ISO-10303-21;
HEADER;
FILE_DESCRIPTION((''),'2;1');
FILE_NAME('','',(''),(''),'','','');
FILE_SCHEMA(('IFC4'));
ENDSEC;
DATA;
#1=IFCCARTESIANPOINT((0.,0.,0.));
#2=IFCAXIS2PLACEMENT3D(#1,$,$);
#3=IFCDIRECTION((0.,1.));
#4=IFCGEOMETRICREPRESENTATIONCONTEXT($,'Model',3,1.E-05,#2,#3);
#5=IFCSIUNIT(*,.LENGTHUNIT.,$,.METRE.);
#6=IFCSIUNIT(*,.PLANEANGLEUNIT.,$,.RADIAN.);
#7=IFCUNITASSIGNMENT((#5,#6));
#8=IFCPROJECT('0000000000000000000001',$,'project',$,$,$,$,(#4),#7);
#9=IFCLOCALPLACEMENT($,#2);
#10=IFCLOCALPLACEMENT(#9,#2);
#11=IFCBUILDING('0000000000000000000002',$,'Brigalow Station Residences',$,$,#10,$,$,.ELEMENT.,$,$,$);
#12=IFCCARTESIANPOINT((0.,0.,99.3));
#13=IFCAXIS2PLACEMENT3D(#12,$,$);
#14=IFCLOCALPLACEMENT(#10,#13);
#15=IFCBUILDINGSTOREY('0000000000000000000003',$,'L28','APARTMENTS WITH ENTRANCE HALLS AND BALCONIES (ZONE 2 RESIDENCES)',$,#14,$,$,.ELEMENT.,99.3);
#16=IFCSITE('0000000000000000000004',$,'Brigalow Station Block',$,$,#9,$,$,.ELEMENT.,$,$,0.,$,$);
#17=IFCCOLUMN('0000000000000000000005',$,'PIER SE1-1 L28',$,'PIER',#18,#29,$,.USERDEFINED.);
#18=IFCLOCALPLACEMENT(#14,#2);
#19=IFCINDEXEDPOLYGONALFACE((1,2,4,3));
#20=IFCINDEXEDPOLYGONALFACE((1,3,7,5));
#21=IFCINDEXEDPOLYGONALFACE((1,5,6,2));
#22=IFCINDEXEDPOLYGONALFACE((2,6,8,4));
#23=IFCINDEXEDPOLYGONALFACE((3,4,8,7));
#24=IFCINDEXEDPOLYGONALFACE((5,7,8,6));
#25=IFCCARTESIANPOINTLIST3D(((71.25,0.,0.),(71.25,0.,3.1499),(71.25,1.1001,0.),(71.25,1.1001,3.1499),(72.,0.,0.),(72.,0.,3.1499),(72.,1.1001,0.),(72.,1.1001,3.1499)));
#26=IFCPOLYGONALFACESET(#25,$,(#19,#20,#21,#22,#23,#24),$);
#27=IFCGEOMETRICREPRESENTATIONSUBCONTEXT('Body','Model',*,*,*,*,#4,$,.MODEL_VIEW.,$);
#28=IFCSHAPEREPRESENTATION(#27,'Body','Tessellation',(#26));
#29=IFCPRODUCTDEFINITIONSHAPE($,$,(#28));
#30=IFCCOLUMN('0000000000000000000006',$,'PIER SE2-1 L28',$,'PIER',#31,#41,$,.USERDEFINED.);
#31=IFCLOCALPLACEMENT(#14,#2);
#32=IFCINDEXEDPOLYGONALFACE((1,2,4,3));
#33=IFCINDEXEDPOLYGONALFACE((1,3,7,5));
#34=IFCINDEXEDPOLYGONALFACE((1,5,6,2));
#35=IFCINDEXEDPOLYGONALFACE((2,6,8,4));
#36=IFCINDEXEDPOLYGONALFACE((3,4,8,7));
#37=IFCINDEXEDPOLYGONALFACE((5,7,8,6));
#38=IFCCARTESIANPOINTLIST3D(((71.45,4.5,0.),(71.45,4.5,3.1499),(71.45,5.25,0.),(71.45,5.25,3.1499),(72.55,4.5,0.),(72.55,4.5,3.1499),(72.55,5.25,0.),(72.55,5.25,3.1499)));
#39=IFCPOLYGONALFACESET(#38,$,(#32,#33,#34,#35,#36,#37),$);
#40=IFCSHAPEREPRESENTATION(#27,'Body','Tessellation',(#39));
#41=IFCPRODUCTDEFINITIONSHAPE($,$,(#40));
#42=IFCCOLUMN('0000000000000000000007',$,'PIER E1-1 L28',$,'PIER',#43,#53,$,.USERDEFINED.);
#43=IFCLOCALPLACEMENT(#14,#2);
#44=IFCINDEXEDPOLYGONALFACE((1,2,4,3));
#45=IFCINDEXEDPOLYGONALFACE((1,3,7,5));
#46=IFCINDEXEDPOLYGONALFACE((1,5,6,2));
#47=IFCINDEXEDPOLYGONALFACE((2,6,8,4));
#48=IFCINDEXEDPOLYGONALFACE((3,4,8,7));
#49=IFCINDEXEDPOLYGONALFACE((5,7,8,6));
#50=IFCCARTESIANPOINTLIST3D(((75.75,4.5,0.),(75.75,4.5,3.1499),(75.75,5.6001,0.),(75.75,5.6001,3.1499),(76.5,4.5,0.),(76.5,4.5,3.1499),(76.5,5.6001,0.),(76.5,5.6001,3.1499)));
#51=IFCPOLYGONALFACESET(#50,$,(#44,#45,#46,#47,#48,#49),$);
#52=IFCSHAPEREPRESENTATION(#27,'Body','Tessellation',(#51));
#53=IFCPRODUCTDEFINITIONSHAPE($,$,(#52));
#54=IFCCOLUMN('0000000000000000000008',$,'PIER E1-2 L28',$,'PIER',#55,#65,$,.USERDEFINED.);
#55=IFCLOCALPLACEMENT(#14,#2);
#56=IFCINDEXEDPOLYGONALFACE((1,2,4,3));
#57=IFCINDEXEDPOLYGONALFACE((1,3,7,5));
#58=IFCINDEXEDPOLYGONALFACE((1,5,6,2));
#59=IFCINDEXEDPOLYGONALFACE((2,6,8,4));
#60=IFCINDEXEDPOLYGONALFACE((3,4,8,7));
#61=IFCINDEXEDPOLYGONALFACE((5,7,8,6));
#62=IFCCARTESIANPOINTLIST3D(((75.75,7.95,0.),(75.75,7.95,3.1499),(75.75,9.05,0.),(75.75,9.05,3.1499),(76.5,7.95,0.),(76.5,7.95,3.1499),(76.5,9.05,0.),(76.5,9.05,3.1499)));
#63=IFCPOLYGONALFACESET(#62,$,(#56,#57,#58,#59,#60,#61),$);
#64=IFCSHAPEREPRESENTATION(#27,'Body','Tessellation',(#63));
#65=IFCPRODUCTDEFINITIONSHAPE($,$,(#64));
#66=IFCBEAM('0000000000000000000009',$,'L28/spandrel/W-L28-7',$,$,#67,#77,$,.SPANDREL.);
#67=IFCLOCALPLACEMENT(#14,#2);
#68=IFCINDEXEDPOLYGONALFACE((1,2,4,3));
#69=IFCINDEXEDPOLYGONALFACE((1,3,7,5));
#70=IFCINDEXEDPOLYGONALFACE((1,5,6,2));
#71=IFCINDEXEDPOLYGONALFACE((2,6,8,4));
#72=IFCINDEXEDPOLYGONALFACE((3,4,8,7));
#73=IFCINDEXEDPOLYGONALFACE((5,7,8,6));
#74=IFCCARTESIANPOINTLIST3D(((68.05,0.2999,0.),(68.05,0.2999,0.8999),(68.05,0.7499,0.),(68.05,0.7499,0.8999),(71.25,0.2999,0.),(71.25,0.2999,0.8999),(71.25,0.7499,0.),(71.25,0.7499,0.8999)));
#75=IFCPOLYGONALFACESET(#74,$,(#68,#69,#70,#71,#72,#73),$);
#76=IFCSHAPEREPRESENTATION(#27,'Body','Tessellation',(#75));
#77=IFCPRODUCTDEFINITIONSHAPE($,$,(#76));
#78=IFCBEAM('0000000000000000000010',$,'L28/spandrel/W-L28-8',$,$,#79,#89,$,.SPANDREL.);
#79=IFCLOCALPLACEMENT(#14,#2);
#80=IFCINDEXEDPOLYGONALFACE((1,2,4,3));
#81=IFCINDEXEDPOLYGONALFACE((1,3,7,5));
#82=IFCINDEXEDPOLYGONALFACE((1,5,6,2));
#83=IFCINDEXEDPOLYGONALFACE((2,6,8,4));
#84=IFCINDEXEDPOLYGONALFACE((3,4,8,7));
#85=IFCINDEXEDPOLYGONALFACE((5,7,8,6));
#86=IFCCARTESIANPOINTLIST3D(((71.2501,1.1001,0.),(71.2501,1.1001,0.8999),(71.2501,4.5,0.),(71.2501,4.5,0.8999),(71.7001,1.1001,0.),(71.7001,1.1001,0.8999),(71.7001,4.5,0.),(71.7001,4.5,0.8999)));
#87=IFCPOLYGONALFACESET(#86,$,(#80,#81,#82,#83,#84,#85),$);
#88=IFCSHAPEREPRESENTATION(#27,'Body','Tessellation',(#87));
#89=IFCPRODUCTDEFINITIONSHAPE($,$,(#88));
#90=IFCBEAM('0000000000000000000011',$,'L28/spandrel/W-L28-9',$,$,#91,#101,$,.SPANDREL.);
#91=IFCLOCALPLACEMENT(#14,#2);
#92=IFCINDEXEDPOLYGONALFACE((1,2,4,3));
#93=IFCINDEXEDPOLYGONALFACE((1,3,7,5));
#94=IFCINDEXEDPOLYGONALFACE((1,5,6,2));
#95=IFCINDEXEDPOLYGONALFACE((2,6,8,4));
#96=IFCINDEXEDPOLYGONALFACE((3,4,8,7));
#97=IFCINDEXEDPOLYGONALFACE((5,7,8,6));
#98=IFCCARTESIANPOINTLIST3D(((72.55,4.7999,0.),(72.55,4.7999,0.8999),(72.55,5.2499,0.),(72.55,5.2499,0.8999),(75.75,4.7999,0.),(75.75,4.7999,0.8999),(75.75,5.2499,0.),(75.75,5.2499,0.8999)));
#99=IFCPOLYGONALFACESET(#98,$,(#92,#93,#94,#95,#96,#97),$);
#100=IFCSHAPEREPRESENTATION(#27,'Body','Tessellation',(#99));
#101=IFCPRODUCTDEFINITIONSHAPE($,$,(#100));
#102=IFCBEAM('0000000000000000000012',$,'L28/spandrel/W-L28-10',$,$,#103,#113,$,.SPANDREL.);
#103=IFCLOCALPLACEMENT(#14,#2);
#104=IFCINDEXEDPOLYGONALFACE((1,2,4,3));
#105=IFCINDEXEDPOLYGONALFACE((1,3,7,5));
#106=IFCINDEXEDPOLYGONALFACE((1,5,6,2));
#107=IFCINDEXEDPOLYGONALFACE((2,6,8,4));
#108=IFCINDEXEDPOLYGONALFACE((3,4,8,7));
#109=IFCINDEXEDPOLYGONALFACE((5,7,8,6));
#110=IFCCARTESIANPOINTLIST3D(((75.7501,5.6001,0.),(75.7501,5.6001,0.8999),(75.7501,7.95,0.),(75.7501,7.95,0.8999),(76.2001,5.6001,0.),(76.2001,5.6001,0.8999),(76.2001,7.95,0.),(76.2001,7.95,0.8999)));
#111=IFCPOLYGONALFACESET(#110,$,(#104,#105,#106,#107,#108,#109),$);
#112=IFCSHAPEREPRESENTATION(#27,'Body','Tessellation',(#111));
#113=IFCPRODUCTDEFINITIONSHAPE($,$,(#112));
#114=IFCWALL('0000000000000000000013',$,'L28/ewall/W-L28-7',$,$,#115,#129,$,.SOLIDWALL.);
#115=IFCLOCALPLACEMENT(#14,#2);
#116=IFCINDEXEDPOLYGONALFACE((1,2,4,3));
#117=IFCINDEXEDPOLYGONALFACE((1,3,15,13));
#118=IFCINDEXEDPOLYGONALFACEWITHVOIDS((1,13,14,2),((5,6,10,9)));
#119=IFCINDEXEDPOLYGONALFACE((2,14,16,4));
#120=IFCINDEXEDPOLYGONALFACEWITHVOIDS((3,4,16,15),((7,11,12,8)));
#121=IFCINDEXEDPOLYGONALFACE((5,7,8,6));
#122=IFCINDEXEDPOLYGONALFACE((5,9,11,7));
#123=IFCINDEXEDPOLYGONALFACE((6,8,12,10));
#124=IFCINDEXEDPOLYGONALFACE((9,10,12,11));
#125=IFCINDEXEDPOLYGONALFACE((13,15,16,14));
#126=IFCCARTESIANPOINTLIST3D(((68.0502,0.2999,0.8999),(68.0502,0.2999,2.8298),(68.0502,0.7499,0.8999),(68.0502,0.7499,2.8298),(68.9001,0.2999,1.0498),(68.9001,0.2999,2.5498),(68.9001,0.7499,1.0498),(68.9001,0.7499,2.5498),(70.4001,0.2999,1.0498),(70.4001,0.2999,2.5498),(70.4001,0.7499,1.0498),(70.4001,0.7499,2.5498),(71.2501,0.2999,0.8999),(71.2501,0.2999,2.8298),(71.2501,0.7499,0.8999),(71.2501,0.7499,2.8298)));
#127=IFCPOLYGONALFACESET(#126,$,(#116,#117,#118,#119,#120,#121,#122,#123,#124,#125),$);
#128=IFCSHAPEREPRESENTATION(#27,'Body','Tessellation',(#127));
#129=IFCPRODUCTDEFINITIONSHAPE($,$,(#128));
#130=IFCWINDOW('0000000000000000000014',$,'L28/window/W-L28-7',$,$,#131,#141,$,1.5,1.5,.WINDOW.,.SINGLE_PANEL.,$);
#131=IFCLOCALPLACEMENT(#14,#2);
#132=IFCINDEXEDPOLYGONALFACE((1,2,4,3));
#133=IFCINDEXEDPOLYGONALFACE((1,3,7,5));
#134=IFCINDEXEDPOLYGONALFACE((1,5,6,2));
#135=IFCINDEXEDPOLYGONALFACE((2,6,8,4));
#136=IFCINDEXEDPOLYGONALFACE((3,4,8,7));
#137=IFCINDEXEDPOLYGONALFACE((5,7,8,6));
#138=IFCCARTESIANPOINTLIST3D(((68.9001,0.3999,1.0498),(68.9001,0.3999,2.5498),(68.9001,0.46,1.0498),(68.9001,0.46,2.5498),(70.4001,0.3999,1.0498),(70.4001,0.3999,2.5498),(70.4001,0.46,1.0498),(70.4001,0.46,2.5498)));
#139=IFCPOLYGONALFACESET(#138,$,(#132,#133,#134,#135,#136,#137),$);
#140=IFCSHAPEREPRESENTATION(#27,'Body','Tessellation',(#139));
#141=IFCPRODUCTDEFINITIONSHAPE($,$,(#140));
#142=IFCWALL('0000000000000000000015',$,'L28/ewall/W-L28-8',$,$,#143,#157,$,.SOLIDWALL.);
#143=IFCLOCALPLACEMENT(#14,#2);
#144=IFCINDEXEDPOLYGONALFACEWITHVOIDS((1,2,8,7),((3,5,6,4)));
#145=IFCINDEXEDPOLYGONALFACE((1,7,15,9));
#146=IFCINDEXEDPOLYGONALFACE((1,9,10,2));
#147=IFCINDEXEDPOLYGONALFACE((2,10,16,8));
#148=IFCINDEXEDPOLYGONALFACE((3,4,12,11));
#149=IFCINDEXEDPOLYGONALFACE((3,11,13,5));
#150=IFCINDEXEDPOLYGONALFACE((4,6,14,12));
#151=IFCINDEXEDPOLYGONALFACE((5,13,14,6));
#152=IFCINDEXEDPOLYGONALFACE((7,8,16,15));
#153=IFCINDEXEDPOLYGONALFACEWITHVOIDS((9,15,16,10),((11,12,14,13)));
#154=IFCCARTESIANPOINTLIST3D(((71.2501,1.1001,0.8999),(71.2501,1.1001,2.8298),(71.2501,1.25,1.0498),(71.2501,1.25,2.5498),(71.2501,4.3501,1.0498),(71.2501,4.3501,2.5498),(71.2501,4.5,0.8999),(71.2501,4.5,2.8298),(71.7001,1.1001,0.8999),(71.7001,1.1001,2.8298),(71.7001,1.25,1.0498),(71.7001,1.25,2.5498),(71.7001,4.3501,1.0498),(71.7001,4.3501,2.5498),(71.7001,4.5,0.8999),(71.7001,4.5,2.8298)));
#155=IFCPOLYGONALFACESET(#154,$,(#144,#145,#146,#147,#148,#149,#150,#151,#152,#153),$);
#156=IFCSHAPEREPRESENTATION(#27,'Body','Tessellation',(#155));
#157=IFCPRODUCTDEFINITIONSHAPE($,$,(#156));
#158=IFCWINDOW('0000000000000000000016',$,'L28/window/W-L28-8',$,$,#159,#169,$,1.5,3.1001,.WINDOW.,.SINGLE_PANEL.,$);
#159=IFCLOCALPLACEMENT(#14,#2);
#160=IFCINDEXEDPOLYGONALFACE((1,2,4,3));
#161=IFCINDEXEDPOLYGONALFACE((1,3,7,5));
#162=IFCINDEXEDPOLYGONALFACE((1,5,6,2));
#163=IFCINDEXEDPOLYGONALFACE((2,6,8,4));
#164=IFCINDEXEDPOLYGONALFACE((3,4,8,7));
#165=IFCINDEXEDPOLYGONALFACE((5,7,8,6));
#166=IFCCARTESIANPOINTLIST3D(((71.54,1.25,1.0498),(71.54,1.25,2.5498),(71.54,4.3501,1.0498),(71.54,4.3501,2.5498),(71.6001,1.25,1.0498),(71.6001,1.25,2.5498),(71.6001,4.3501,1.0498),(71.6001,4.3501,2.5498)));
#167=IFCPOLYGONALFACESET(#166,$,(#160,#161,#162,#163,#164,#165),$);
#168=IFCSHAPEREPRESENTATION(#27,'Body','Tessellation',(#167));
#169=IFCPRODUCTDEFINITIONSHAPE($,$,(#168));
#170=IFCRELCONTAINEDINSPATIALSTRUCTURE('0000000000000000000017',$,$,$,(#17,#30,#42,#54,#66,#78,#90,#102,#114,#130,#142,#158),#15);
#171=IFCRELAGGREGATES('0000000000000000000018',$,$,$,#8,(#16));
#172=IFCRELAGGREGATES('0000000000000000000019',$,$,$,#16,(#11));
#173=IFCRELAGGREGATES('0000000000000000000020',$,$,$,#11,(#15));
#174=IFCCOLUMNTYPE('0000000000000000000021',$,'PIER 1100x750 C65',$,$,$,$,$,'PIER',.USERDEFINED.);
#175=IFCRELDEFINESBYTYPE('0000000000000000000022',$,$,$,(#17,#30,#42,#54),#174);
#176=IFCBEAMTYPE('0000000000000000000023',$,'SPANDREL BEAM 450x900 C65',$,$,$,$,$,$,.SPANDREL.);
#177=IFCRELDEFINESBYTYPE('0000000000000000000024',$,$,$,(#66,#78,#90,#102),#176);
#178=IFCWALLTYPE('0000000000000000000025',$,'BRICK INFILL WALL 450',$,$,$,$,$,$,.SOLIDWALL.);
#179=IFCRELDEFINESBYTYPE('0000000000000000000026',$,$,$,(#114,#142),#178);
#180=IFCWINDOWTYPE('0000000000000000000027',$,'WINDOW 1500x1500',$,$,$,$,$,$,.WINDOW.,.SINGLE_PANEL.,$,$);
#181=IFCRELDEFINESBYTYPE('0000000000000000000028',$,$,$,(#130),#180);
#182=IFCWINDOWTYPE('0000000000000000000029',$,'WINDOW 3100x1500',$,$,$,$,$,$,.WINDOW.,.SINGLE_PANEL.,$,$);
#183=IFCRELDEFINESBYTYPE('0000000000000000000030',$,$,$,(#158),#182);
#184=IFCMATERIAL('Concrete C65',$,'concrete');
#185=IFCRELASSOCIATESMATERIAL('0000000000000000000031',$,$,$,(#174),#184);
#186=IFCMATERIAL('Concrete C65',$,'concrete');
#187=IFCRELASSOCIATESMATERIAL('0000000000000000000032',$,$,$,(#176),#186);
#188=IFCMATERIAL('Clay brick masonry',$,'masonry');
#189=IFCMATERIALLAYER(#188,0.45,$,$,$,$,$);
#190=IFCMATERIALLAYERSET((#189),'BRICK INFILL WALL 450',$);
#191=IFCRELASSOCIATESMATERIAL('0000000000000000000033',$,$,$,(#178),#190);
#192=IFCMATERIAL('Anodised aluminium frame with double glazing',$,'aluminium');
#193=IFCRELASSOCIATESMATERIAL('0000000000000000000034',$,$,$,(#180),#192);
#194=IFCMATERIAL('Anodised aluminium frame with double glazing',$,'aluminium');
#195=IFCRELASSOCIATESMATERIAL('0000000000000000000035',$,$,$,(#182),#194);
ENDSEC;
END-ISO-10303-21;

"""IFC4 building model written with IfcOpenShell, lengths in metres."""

from ifc_helpers import new_model, si_unit, direction, frame, frame_2d, origin, origin_2d, place, context, subcontext, project, spatial, rectangle, extrude, material, layer, layer_set, material_profile, profile_set, type_object, element, fill, save


model = new_model("IFC4")

# Units and contexts
model_context = context("Model", 3, precision=1e-05, world=origin(), true_north=direction((0.0, 1.0)))
body_context = subcontext(model_context, "Body", "Model", "MODEL_VIEW")
ifc_project = project(units=[si_unit("LENGTHUNIT", "METRE"), si_unit("PLANEANGLEUNIT", "RADIAN")], contexts=[model_context])

# Site, building, storey
site_placement = place(None, origin())
site = spatial("IfcSite", under=ifc_project, at=site_placement, Name="Brigalow Station Block", CompositionType="ELEMENT", RefElevation=0.0)
building_placement = place(site_placement, origin())
building = spatial("IfcBuilding", under=site, at=building_placement, Name="Brigalow Station Residences", CompositionType="ELEMENT")
storey_placement = place(building_placement, frame((0.0, 0.0, 99.3)))
storey = spatial("IfcBuildingStorey", under=building, at=storey_placement, Name="L28", Description="APARTMENTS WITH ENTRANCE HALLS AND BALCONIES (ZONE 2 RESIDENCES)", CompositionType="ELEMENT", Elevation=99.3)

# Columns
ifc_material_1 = material(Name="Concrete C65", Category="concrete")
ifc_material_profile_1 = material_profile(ifc_material_1, rectangle(XDim=1.1001, YDim=0.75, at=origin_2d()), Name="RC1100x750")
ifc_profile_set_1 = profile_set([ifc_material_profile_1], Name="Concrete C65")
column_type = type_object("IfcColumnType", Name="PIER 1100x750 C65", ElementType="PIER", PredefinedType="USERDEFINED", material=ifc_profile_set_1)
for number, where, z_axis, x_axis, name in (
    (1, (71.625, 0.55, 0.0), (0.0, 0.0, 1.0), (0.0, 1.0, 0.0), "PIER SE1-1 L28"),
    (2, (72.0, 4.875, 0.0), (0.0, 0.0, 1.0), (1.0, 0.0, 0.0), "PIER SE2-1 L28"),
    (3, (76.125, 5.05, 0.0), (0.0, 0.0, 1.0), (0.0, 1.0, 0.0), "PIER E1-1 L28"),
    (4, (76.125, 8.5, 0.0), (0.0, 0.0, 1.0), (0.0, 1.0, 0.0), "PIER E1-2 L28"),
):
    element("IfcColumn", number, at=place(storey_placement, frame(where, z_axis=z_axis, x_axis=x_axis)), inside=storey, type_object=column_type, Name=name, ObjectType="PIER", PredefinedType="USERDEFINED", context=body_context, shape_type="SweptSolid", body=[
        extrude(rectangle(XDim=1.1001, YDim=0.75, at=origin_2d()), origin(), (0.0, 0.0, 1.0), 3.1499),
    ])

# Beams
ifc_material_2 = material(Name="Concrete C65", Category="concrete")
ifc_material_profile_2 = material_profile(ifc_material_2, rectangle(XDim=0.45, YDim=0.8999, at=origin_2d()), Name="RC450x900")
ifc_profile_set_2 = profile_set([ifc_material_profile_2], Name="Concrete C65")
beam_type = type_object("IfcBeamType", Name="SPANDREL BEAM 450x900 C65", PredefinedType="SPANDREL", material=ifc_profile_set_2)
beam_1_placement = place(storey_placement, frame((68.05, 0.5249, 0.45), z_axis=(1.0, 0.0, 0.0), x_axis=(0.0, 1.0, 0.0)))
element("IfcBeam", 5, at=beam_1_placement, inside=storey, type_object=beam_type, Name="L28/spandrel/W-L28-7", PredefinedType="SPANDREL", context=body_context, shape_type="SweptSolid", body=[
    extrude(rectangle(XDim=0.45, YDim=0.8999, at=origin_2d()), origin(), (0.0, 0.0, 1.0), 3.2),
])
beam_2_placement = place(storey_placement, frame((71.4751, 1.1001, 0.45), z_axis=(0.0, 1.0, 0.0), x_axis=(-1.0, 0.0, 0.0)))
element("IfcBeam", 6, at=beam_2_placement, inside=storey, type_object=beam_type, Name="L28/spandrel/W-L28-8", PredefinedType="SPANDREL", context=body_context, shape_type="SweptSolid", body=[
    extrude(rectangle(XDim=0.45, YDim=0.8999, at=origin_2d()), origin(), (0.0, 0.0, 1.0), 3.3999),
])
beam_3_placement = place(storey_placement, frame((72.55, 5.0249, 0.45), z_axis=(1.0, 0.0, 0.0), x_axis=(0.0, 1.0, 0.0)))
element("IfcBeam", 7, at=beam_3_placement, inside=storey, type_object=beam_type, Name="L28/spandrel/W-L28-9", PredefinedType="SPANDREL", context=body_context, shape_type="SweptSolid", body=[
    extrude(rectangle(XDim=0.45, YDim=0.8999, at=origin_2d()), origin(), (0.0, 0.0, 1.0), 3.2),
])
beam_4_placement = place(storey_placement, frame((75.9751, 5.6001, 0.45), z_axis=(0.0, 1.0, 0.0), x_axis=(-1.0, 0.0, 0.0)))
element("IfcBeam", 8, at=beam_4_placement, inside=storey, type_object=beam_type, Name="L28/spandrel/W-L28-10", PredefinedType="SPANDREL", context=body_context, shape_type="SweptSolid", body=[
    extrude(rectangle(XDim=0.45, YDim=0.8999, at=origin_2d()), origin(), (0.0, 0.0, 1.0), 2.3499),
])

# Walls, openings, windows
ifc_material_3 = material(Name="Clay brick masonry", Category="masonry")
ifc_layer_1 = layer(ifc_material_3, 0.45)
ifc_layer_set_1 = layer_set([ifc_layer_1], Name="BRICK INFILL WALL 450")
wall_type_1 = type_object("IfcWallType", Name="BRICK INFILL WALL 450", PredefinedType="SOLIDWALL", material=ifc_layer_set_1)
wall_1_placement = place(storey_placement, frame((68.05, 0.5249, 0.8999), z_axis=(0.0, 0.0, 1.0), x_axis=(1.0, 0.0, 0.0)))
wall_1 = element("IfcWall", 9, at=wall_1_placement, inside=storey, type_object=wall_type_1, Name="L28/ewall/W-L28-7", PredefinedType="SOLIDWALL", context=body_context, shape_type="SweptSolid", body=[
    extrude(rectangle(XDim=3.2, YDim=0.45, at=frame_2d((1.6001, 0.0))), origin(), (0.0, 0.0, 1.0), 1.9299),
])
opening_1_placement = place(wall_1_placement, frame((0.8501, 0.0, 0.1499)))
opening_1 = element("IfcOpeningElement", 10, at=opening_1_placement, cuts=wall_1, PredefinedType="OPENING", context=body_context, shape_type="SweptSolid", body=[
    extrude(rectangle(XDim=1.5, YDim=1.5, at=frame_2d((0.75, 0.75))), frame((0.0, 0.2349, 0.0), z_axis=(0.0, -1.0, 0.0), x_axis=(1.0, 0.0, 0.0)), (0.0, 0.0, 1.0), 0.47),
])
ifc_material_4 = material(Name="Anodised aluminium frame with double glazing", Category="aluminium")
window_type_1 = type_object("IfcWindowType", Name="WINDOW 1500x1500", PartitioningType="SINGLE_PANEL", PredefinedType="WINDOW", material=ifc_material_4)
window_1_placement = place(opening_1_placement, origin())
window_1 = element("IfcWindow", 11, at=window_1_placement, inside=storey, type_object=window_type_1, Name="L28/window/W-L28-7", OverallHeight=1.5, OverallWidth=1.5, PartitioningType="SINGLE_PANEL", PredefinedType="WINDOW", context=body_context, shape_type="SweptSolid", body=[
    extrude(rectangle(XDim=1.5, YDim=1.5, at=frame_2d((0.75, 0.75))), frame((0.0, -0.0649, 0.0), z_axis=(0.0, -1.0, 0.0), x_axis=(1.0, 0.0, 0.0)), (0.0, 0.0, 1.0), 0.0601),
])
fill(opening_1, window_1)
wall_2_placement = place(storey_placement, frame((71.4751, 1.1001, 0.8999), z_axis=(0.0, 0.0, 1.0), x_axis=(0.0, 1.0, 0.0)))
wall_2 = element("IfcWall", 12, at=wall_2_placement, inside=storey, type_object=wall_type_1, Name="L28/ewall/W-L28-8", PredefinedType="SOLIDWALL", context=body_context, shape_type="SweptSolid", body=[
    extrude(rectangle(XDim=3.3999, YDim=0.45, at=frame_2d((1.7, 0.0))), origin(), (0.0, 0.0, 1.0), 1.9299),
])
opening_2_placement = place(wall_2_placement, frame((0.1499, 0.0, 0.1499)))
opening_2 = element("IfcOpeningElement", 13, at=opening_2_placement, cuts=wall_2, PredefinedType="OPENING", context=body_context, shape_type="SweptSolid", body=[
    extrude(rectangle(XDim=3.1001, YDim=1.5, at=frame_2d((1.55, 0.75))), frame((0.0, 0.2349, 0.0), z_axis=(0.0, -1.0, 0.0), x_axis=(1.0, 0.0, 0.0)), (0.0, 0.0, 1.0), 0.47),
])
ifc_material_5 = material(Name="Anodised aluminium frame with double glazing", Category="aluminium")
window_type_2 = type_object("IfcWindowType", Name="WINDOW 3100x1500", PartitioningType="SINGLE_PANEL", PredefinedType="WINDOW", material=ifc_material_5)
window_2_placement = place(opening_2_placement, origin())
window_2 = element("IfcWindow", 14, at=window_2_placement, inside=storey, type_object=window_type_2, Name="L28/window/W-L28-8", OverallHeight=1.5, OverallWidth=3.1001, PartitioningType="SINGLE_PANEL", PredefinedType="WINDOW", context=body_context, shape_type="SweptSolid", body=[
    extrude(rectangle(XDim=3.1001, YDim=1.5, at=frame_2d((1.55, 0.75))), frame((0.0, -0.0649, 0.0), z_axis=(0.0, -1.0, 0.0), x_axis=(1.0, 0.0, 0.0)), (0.0, 0.0, 1.0), 0.0601),
])
fill(opening_2, window_2)

save(model, "model.ifc")
